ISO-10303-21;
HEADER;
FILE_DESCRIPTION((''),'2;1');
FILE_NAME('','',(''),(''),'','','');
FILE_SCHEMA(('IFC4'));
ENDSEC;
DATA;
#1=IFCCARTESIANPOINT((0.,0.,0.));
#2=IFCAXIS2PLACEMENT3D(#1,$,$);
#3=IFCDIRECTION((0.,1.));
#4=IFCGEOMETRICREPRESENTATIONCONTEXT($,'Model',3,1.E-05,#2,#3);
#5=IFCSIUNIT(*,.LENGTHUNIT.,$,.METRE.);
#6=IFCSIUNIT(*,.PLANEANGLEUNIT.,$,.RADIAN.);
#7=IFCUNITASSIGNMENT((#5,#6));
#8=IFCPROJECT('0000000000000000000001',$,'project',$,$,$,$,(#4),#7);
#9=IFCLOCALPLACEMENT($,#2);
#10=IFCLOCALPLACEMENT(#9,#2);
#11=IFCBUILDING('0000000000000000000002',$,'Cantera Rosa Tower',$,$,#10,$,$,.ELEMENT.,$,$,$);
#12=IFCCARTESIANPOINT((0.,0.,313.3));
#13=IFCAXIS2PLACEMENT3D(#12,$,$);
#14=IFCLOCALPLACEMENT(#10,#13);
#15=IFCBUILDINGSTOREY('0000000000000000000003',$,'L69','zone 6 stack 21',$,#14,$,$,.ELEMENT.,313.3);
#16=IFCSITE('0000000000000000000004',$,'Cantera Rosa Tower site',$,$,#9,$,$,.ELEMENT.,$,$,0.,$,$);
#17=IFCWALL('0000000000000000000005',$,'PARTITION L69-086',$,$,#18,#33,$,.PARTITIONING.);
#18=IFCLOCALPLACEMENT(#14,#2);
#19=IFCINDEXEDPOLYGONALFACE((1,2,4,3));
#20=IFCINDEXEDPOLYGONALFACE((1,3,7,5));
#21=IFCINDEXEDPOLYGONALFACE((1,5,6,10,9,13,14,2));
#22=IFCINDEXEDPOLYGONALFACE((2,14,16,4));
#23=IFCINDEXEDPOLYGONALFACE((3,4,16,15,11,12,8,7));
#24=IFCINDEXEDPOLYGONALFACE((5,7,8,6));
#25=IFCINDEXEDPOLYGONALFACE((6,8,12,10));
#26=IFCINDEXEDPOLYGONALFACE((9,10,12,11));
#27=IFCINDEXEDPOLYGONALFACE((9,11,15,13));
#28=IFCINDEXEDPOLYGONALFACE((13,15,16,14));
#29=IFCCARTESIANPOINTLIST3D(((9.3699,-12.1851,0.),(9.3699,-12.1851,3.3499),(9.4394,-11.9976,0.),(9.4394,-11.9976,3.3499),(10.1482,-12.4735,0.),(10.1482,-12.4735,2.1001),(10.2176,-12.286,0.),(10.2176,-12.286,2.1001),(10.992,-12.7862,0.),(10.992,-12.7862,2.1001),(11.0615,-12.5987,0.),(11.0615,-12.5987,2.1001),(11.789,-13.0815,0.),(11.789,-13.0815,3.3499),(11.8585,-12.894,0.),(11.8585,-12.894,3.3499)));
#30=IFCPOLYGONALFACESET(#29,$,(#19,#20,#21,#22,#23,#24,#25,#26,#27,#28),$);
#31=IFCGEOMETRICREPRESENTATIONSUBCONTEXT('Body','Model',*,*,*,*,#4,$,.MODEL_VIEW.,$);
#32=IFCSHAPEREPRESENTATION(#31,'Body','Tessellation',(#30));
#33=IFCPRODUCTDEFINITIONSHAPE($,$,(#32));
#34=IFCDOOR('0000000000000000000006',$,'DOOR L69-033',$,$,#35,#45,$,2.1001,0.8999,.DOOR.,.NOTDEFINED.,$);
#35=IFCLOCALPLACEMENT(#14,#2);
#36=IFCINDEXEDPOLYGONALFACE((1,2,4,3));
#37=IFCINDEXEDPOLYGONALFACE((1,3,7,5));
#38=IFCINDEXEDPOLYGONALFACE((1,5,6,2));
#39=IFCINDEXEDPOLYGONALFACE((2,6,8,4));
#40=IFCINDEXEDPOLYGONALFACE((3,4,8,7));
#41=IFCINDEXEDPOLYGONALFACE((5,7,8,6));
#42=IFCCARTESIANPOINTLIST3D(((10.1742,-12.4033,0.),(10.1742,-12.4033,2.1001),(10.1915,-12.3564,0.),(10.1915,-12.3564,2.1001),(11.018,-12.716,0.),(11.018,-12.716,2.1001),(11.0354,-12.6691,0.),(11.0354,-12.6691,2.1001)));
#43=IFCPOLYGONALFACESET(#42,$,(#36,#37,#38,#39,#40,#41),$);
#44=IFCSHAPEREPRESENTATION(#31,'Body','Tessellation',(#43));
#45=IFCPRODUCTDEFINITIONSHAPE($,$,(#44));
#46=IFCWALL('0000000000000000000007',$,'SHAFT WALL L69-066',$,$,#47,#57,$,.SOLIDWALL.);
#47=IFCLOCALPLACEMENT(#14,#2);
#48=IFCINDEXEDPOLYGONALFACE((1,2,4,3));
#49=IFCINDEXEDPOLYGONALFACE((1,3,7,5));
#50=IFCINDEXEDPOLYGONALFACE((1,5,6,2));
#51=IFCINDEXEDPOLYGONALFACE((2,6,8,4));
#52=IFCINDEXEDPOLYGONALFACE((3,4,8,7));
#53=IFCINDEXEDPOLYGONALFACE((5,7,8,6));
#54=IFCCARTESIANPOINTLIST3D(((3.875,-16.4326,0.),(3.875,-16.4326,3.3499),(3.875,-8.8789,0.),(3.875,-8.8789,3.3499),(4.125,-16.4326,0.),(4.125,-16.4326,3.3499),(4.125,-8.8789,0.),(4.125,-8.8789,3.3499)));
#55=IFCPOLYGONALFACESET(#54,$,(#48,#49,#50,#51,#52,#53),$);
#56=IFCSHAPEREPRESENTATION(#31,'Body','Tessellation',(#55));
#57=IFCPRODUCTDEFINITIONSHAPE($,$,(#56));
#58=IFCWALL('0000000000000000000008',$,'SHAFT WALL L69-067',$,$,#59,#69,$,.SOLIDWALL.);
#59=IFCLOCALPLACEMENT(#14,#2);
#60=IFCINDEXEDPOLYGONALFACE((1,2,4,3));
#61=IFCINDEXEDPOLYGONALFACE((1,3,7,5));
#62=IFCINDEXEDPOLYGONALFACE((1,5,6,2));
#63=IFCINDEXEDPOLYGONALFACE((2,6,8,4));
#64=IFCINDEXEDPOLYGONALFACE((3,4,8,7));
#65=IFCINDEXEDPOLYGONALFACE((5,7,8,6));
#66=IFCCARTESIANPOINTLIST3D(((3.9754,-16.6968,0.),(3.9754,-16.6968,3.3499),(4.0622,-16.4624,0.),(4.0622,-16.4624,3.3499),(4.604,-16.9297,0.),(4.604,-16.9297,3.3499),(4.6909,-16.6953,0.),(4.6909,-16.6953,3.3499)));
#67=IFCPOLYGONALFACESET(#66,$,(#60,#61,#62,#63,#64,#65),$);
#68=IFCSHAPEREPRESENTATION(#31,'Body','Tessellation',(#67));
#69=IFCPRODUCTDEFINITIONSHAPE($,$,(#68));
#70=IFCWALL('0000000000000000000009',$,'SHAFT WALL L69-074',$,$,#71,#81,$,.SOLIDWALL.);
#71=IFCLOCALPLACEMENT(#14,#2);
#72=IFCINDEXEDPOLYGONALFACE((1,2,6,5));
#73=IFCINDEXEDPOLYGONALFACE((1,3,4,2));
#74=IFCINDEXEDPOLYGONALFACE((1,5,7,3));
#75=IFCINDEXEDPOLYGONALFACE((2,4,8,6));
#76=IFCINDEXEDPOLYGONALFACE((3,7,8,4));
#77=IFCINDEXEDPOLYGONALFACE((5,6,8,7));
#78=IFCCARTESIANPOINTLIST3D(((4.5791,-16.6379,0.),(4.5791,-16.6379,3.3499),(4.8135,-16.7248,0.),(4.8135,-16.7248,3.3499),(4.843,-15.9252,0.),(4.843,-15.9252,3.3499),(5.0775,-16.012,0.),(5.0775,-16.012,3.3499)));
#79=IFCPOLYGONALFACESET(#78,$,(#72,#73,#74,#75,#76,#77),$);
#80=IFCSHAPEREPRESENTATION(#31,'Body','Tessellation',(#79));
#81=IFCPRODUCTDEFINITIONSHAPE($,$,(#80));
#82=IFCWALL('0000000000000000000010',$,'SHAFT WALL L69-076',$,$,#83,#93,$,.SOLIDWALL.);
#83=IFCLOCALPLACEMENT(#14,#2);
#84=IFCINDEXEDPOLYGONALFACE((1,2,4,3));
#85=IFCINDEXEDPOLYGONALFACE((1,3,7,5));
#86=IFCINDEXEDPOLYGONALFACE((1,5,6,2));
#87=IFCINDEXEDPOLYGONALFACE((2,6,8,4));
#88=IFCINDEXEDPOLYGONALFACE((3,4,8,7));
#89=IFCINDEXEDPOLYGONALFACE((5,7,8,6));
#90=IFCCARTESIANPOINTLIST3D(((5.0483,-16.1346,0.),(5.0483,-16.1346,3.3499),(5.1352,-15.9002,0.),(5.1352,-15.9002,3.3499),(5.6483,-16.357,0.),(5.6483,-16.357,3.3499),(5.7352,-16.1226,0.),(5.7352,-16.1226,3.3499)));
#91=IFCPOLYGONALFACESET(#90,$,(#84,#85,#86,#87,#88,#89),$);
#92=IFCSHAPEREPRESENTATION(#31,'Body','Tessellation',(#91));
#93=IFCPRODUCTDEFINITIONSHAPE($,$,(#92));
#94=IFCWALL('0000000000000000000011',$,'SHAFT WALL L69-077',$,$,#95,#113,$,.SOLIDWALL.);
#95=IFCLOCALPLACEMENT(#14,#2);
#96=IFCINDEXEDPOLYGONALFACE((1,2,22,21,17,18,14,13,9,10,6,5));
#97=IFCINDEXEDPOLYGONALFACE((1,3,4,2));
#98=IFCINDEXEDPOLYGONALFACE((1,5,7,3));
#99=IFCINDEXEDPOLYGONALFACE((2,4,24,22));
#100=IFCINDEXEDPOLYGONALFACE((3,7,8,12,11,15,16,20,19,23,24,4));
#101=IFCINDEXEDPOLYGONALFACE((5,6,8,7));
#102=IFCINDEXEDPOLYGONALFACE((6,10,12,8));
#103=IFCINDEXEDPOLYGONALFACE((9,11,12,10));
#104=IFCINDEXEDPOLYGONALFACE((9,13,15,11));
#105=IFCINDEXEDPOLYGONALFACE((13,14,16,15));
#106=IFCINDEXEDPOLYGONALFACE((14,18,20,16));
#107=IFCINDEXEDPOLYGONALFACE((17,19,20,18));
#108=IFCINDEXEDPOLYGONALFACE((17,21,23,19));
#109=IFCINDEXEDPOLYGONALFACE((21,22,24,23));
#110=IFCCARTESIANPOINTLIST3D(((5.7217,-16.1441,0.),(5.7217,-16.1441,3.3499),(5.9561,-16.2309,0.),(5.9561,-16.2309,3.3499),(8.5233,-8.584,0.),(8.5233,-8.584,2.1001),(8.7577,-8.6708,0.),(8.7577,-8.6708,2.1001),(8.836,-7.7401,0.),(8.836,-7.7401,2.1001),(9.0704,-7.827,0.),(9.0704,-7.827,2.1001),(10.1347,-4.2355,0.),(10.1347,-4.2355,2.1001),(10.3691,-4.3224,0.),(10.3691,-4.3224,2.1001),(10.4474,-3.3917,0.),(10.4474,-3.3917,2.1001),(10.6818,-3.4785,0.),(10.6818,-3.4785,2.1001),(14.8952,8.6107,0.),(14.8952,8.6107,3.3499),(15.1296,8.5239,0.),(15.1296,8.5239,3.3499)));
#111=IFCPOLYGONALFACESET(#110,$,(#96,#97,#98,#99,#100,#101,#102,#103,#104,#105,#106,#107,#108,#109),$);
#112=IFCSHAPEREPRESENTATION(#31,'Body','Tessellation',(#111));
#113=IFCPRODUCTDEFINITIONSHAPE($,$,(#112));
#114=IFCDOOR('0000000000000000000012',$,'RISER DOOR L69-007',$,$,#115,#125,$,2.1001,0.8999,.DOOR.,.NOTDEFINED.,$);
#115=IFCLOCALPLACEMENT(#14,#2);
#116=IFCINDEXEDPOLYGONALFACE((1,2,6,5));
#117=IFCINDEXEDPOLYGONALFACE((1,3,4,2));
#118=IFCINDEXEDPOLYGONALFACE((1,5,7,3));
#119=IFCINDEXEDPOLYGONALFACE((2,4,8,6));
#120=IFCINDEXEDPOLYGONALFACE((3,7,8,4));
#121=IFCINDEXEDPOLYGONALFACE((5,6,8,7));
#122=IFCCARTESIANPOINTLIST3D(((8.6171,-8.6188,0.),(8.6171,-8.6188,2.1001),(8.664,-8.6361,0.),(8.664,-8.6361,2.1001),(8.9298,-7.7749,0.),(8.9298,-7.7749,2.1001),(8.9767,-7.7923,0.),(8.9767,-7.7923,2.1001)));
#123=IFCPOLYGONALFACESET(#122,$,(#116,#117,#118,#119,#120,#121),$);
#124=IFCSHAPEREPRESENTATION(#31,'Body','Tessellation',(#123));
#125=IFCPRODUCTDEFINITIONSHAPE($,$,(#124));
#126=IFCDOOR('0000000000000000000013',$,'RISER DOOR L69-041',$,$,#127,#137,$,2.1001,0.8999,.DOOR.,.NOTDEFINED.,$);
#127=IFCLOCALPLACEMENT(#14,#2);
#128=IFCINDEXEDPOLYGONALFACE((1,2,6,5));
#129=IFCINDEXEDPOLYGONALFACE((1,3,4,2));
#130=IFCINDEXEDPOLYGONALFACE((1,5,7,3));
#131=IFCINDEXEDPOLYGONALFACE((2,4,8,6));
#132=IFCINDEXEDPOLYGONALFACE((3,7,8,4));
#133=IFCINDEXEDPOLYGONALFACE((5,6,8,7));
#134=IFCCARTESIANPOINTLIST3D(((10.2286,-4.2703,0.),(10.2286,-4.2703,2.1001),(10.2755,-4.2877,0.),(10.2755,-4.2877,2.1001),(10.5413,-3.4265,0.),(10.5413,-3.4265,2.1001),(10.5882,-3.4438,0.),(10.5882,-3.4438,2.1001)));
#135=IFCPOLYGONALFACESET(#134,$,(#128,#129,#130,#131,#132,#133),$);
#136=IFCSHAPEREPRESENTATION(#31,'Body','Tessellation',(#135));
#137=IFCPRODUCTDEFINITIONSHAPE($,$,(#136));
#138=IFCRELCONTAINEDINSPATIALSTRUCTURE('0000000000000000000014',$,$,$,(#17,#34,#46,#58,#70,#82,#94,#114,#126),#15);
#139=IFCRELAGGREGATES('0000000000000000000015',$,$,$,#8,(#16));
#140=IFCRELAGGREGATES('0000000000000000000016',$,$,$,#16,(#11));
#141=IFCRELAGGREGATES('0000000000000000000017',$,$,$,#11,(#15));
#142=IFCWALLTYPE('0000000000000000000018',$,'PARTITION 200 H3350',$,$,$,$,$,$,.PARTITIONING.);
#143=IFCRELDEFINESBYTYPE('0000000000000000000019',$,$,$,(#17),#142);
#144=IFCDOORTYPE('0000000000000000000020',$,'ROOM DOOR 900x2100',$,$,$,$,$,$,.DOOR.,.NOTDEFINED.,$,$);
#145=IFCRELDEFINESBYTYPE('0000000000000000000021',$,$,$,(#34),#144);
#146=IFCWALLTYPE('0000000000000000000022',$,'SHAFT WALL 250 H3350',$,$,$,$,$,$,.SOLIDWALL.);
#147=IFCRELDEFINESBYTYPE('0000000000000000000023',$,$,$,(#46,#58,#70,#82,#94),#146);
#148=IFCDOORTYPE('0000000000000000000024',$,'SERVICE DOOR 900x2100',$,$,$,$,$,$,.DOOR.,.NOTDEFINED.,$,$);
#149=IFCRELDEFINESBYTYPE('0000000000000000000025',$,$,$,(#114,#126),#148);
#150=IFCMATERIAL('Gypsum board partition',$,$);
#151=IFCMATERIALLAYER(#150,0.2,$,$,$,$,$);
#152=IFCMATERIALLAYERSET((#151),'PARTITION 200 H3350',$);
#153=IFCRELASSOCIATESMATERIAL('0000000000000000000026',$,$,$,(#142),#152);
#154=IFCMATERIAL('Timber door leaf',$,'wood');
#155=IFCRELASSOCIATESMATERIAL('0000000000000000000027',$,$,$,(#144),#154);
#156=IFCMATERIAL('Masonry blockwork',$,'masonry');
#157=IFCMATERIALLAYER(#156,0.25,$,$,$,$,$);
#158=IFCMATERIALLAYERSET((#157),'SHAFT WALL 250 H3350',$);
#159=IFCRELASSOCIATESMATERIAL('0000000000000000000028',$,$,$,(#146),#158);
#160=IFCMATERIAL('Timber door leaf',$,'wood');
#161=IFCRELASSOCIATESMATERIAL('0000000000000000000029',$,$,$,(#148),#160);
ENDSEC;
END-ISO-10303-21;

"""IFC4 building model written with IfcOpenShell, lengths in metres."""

from ifc_helpers import new_model, si_unit, direction, frame, frame_2d, origin, place, context, subcontext, project, spatial, rectangle, extrude, material, layer, layer_set, type_object, element, fill, save


model = new_model("IFC4")

# Units and contexts
model_context = context("Model", 3, precision=1e-05, world=origin(), true_north=direction((0.0, 1.0)))
body_context = subcontext(model_context, "Body", "Model", "MODEL_VIEW")
ifc_project = project(units=[si_unit("LENGTHUNIT", "METRE"), si_unit("PLANEANGLEUNIT", "RADIAN")], contexts=[model_context])

# Site, building, storey
site_placement = place(None, origin())
site = spatial("IfcSite", under=ifc_project, at=site_placement, Name="Cantera Rosa Tower site", CompositionType="ELEMENT", RefElevation=0.0)
building_placement = place(site_placement, origin())
building = spatial("IfcBuilding", under=site, at=building_placement, Name="Cantera Rosa Tower", CompositionType="ELEMENT")
storey_placement = place(building_placement, frame((0.0, 0.0, 313.3)))
storey = spatial("IfcBuildingStorey", under=building, at=storey_placement, Name="L69", Description="zone 6 stack 21", CompositionType="ELEMENT", Elevation=313.3)

# Wall, opening, door
ifc_material_1 = material(Name="Gypsum board partition")
ifc_layer_1 = layer(ifc_material_1, 0.2)
ifc_layer_set_1 = layer_set([ifc_layer_1], Name="PARTITION 200 H3350")
wall_type_1 = type_object("IfcWallType", Name="PARTITION 200 H3350", PredefinedType="PARTITIONING", material=ifc_layer_set_1)
wall_1_placement = place(storey_placement, frame((9.4045, -12.0913, 0.0), z_axis=(0.0, 0.0, 1.0), x_axis=(0.937687, -0.347481, 0.0)))
wall_1 = element("IfcWall", 1, at=wall_1_placement, inside=storey, type_object=wall_type_1, Name="PARTITION L69-086", PredefinedType="PARTITIONING", context=body_context, shape_type="SweptSolid", body=[
    extrude(rectangle(XDim=2.5798, YDim=0.2, at=frame_2d((1.29, 0.0))), origin(), (0.0, 0.0, 1.0), 3.3499),
])
opening_1_placement = place(wall_1_placement, frame((0.8301, 0.0, 0.0)))
opening_1 = element("IfcOpeningElement", 2, at=opening_1_placement, cuts=wall_1, PredefinedType="OPENING", context=body_context, shape_type="SweptSolid", body=[
    extrude(rectangle(XDim=0.8999, YDim=2.1001, at=frame_2d((0.45, 1.05))), frame((0.0, 0.1099, 0.0), z_axis=(0.0, -1.0, 0.0), x_axis=(1.0, 0.0, 0.0)), (0.0, 0.0, 1.0), 0.22),
])
ifc_material_2 = material(Name="Timber door leaf", Category="wood")
door_type_1 = type_object("IfcDoorType", Name="ROOM DOOR 900x2100", OperationType="NOTDEFINED", PredefinedType="DOOR", material=ifc_material_2)
door_1_placement = place(opening_1_placement, origin())
door_1 = element("IfcDoor", 3, at=door_1_placement, inside=storey, type_object=door_type_1, Name="DOOR L69-033", OperationType="NOTDEFINED", OverallHeight=2.1001, OverallWidth=0.8999, PredefinedType="DOOR", context=body_context, shape_type="SweptSolid", body=[
    extrude(rectangle(XDim=0.8999, YDim=2.1001, at=frame_2d((0.45, 1.05))), frame((0.0, 0.0249, 0.0), z_axis=(0.0, -1.0, 0.0), x_axis=(1.0, 0.0, 0.0)), (0.0, 0.0, 1.0), 0.05),
])
fill(opening_1, door_1)

# Walls
ifc_material_3 = material(Name="Masonry blockwork", Category="masonry")
ifc_layer_2 = layer(ifc_material_3, 0.25)
ifc_layer_set_2 = layer_set([ifc_layer_2], Name="SHAFT WALL 250 H3350")
wall_type_2 = type_object("IfcWallType", Name="SHAFT WALL 250 H3350", PredefinedType="SOLIDWALL", material=ifc_layer_set_2)
wall_2_placement = place(storey_placement, frame((4.0, -16.4326, 0.0), z_axis=(0.0, 0.0, 1.0), x_axis=(0.0, 1.0, 0.0)))
element("IfcWall", 4, at=wall_2_placement, inside=storey, type_object=wall_type_2, Name="SHAFT WALL L69-066", PredefinedType="SOLIDWALL", context=body_context, shape_type="SweptSolid", body=[
    extrude(rectangle(XDim=7.5537, YDim=0.25, at=frame_2d((3.7769, 0.0))), origin(), (0.0, 0.0, 1.0), 3.3499),
])
wall_3_placement = place(storey_placement, frame((4.0188, -16.5796, 0.0), z_axis=(0.0, 0.0, 1.0), x_axis=(0.937714, -0.347409, 0.0)))
element("IfcWall", 5, at=wall_3_placement, inside=storey, type_object=wall_type_2, Name="SHAFT WALL L69-067", PredefinedType="SOLIDWALL", context=body_context, shape_type="SweptSolid", body=[
    extrude(rectangle(XDim=0.6704, YDim=0.25, at=frame_2d((0.3352, 0.0))), origin(), (0.0, 0.0, 1.0), 3.3499),
])
wall_4_placement = place(storey_placement, frame((4.9602, -15.9688, 0.0), z_axis=(0.0, 0.0, 1.0), x_axis=(-0.347283, -0.93776, 0.0)))
element("IfcWall", 6, at=wall_4_placement, inside=storey, type_object=wall_type_2, Name="SHAFT WALL L69-074", PredefinedType="SOLIDWALL", context=body_context, shape_type="SweptSolid", body=[
    extrude(rectangle(XDim=0.76, YDim=0.25, at=frame_2d((0.3799, 0.0))), origin(), (0.0, 0.0, 1.0), 3.3499),
])
wall_5_placement = place(storey_placement, frame((5.6917, -16.2397, 0.0), z_axis=(0.0, 0.0, 1.0), x_axis=(-0.937671, 0.347526, 0.0)))
element("IfcWall", 7, at=wall_5_placement, inside=storey, type_object=wall_type_2, Name="SHAFT WALL L69-076", PredefinedType="SOLIDWALL", context=body_context, shape_type="SweptSolid", body=[
    extrude(rectangle(XDim=0.6399, YDim=0.25, at=frame_2d((0.3198, 0.0))), origin(), (0.0, 0.0, 1.0), 3.3499),
])

# Wall, openings, doors
wall_6_placement = place(storey_placement, frame((5.8389, -16.1875, 0.0), z_axis=(0.0, 0.0, 1.0), x_axis=(0.347485, 0.937686, 0.0)))
wall_6 = element("IfcWall", 8, at=wall_6_placement, inside=storey, type_object=wall_type_2, Name="SHAFT WALL L69-077", PredefinedType="SOLIDWALL", context=body_context, shape_type="SweptSolid", body=[
    extrude(rectangle(XDim=26.3999, YDim=0.25, at=frame_2d((13.2, 0.0))), origin(), (0.0, 0.0, 1.0), 3.3499),
])
opening_2_placement = place(wall_6_placement, frame((8.0625, 0.0, 0.0)))
opening_2 = element("IfcOpeningElement", 9, at=opening_2_placement, cuts=wall_6, PredefinedType="OPENING", context=body_context, shape_type="SweptSolid", body=[
    extrude(rectangle(XDim=0.8999, YDim=2.1001, at=frame_2d((0.45, 1.05))), frame((0.0, 0.135, 0.0), z_axis=(0.0, -1.0, 0.0), x_axis=(1.0, 0.0, 0.0)), (0.0, 0.0, 1.0), 0.27),
])
opening_3_placement = place(wall_6_placement, frame((12.7, 0.0, 0.0)))
opening_3 = element("IfcOpeningElement", 10, at=opening_3_placement, cuts=wall_6, PredefinedType="OPENING", context=body_context, shape_type="SweptSolid", body=[
    extrude(rectangle(XDim=0.8999, YDim=2.1001, at=frame_2d((0.45, 1.05))), frame((0.0, 0.135, 0.0), z_axis=(0.0, -1.0, 0.0), x_axis=(1.0, 0.0, 0.0)), (0.0, 0.0, 1.0), 0.27),
])
ifc_material_4 = material(Name="Timber door leaf", Category="wood")
door_type_2 = type_object("IfcDoorType", Name="SERVICE DOOR 900x2100", OperationType="NOTDEFINED", PredefinedType="DOOR", material=ifc_material_4)
door_2_placement = place(opening_2_placement, origin())
door_2 = element("IfcDoor", 11, at=door_2_placement, inside=storey, type_object=door_type_2, Name="RISER DOOR L69-007", OperationType="NOTDEFINED", OverallHeight=2.1001, OverallWidth=0.8999, PredefinedType="DOOR", context=body_context, shape_type="SweptSolid", body=[
    extrude(rectangle(XDim=0.8999, YDim=2.1001, at=frame_2d((0.45, 1.05))), frame((0.0, 0.0249, 0.0), z_axis=(0.0, -1.0, 0.0), x_axis=(1.0, 0.0, 0.0)), (0.0, 0.0, 1.0), 0.05),
])
fill(opening_2, door_2)
door_3_placement = place(opening_3_placement, origin())
door_3 = element("IfcDoor", 12, at=door_3_placement, inside=storey, type_object=door_type_2, Name="RISER DOOR L69-041", OperationType="NOTDEFINED", OverallHeight=2.1001, OverallWidth=0.8999, PredefinedType="DOOR", context=body_context, shape_type="SweptSolid", body=[
    extrude(rectangle(XDim=0.8999, YDim=2.1001, at=frame_2d((0.45, 1.05))), frame((0.0, 0.0249, 0.0), z_axis=(0.0, -1.0, 0.0), x_axis=(1.0, 0.0, 0.0)), (0.0, 0.0, 1.0), 0.05),
])
fill(opening_3, door_3)

save(model, "model.ifc")
